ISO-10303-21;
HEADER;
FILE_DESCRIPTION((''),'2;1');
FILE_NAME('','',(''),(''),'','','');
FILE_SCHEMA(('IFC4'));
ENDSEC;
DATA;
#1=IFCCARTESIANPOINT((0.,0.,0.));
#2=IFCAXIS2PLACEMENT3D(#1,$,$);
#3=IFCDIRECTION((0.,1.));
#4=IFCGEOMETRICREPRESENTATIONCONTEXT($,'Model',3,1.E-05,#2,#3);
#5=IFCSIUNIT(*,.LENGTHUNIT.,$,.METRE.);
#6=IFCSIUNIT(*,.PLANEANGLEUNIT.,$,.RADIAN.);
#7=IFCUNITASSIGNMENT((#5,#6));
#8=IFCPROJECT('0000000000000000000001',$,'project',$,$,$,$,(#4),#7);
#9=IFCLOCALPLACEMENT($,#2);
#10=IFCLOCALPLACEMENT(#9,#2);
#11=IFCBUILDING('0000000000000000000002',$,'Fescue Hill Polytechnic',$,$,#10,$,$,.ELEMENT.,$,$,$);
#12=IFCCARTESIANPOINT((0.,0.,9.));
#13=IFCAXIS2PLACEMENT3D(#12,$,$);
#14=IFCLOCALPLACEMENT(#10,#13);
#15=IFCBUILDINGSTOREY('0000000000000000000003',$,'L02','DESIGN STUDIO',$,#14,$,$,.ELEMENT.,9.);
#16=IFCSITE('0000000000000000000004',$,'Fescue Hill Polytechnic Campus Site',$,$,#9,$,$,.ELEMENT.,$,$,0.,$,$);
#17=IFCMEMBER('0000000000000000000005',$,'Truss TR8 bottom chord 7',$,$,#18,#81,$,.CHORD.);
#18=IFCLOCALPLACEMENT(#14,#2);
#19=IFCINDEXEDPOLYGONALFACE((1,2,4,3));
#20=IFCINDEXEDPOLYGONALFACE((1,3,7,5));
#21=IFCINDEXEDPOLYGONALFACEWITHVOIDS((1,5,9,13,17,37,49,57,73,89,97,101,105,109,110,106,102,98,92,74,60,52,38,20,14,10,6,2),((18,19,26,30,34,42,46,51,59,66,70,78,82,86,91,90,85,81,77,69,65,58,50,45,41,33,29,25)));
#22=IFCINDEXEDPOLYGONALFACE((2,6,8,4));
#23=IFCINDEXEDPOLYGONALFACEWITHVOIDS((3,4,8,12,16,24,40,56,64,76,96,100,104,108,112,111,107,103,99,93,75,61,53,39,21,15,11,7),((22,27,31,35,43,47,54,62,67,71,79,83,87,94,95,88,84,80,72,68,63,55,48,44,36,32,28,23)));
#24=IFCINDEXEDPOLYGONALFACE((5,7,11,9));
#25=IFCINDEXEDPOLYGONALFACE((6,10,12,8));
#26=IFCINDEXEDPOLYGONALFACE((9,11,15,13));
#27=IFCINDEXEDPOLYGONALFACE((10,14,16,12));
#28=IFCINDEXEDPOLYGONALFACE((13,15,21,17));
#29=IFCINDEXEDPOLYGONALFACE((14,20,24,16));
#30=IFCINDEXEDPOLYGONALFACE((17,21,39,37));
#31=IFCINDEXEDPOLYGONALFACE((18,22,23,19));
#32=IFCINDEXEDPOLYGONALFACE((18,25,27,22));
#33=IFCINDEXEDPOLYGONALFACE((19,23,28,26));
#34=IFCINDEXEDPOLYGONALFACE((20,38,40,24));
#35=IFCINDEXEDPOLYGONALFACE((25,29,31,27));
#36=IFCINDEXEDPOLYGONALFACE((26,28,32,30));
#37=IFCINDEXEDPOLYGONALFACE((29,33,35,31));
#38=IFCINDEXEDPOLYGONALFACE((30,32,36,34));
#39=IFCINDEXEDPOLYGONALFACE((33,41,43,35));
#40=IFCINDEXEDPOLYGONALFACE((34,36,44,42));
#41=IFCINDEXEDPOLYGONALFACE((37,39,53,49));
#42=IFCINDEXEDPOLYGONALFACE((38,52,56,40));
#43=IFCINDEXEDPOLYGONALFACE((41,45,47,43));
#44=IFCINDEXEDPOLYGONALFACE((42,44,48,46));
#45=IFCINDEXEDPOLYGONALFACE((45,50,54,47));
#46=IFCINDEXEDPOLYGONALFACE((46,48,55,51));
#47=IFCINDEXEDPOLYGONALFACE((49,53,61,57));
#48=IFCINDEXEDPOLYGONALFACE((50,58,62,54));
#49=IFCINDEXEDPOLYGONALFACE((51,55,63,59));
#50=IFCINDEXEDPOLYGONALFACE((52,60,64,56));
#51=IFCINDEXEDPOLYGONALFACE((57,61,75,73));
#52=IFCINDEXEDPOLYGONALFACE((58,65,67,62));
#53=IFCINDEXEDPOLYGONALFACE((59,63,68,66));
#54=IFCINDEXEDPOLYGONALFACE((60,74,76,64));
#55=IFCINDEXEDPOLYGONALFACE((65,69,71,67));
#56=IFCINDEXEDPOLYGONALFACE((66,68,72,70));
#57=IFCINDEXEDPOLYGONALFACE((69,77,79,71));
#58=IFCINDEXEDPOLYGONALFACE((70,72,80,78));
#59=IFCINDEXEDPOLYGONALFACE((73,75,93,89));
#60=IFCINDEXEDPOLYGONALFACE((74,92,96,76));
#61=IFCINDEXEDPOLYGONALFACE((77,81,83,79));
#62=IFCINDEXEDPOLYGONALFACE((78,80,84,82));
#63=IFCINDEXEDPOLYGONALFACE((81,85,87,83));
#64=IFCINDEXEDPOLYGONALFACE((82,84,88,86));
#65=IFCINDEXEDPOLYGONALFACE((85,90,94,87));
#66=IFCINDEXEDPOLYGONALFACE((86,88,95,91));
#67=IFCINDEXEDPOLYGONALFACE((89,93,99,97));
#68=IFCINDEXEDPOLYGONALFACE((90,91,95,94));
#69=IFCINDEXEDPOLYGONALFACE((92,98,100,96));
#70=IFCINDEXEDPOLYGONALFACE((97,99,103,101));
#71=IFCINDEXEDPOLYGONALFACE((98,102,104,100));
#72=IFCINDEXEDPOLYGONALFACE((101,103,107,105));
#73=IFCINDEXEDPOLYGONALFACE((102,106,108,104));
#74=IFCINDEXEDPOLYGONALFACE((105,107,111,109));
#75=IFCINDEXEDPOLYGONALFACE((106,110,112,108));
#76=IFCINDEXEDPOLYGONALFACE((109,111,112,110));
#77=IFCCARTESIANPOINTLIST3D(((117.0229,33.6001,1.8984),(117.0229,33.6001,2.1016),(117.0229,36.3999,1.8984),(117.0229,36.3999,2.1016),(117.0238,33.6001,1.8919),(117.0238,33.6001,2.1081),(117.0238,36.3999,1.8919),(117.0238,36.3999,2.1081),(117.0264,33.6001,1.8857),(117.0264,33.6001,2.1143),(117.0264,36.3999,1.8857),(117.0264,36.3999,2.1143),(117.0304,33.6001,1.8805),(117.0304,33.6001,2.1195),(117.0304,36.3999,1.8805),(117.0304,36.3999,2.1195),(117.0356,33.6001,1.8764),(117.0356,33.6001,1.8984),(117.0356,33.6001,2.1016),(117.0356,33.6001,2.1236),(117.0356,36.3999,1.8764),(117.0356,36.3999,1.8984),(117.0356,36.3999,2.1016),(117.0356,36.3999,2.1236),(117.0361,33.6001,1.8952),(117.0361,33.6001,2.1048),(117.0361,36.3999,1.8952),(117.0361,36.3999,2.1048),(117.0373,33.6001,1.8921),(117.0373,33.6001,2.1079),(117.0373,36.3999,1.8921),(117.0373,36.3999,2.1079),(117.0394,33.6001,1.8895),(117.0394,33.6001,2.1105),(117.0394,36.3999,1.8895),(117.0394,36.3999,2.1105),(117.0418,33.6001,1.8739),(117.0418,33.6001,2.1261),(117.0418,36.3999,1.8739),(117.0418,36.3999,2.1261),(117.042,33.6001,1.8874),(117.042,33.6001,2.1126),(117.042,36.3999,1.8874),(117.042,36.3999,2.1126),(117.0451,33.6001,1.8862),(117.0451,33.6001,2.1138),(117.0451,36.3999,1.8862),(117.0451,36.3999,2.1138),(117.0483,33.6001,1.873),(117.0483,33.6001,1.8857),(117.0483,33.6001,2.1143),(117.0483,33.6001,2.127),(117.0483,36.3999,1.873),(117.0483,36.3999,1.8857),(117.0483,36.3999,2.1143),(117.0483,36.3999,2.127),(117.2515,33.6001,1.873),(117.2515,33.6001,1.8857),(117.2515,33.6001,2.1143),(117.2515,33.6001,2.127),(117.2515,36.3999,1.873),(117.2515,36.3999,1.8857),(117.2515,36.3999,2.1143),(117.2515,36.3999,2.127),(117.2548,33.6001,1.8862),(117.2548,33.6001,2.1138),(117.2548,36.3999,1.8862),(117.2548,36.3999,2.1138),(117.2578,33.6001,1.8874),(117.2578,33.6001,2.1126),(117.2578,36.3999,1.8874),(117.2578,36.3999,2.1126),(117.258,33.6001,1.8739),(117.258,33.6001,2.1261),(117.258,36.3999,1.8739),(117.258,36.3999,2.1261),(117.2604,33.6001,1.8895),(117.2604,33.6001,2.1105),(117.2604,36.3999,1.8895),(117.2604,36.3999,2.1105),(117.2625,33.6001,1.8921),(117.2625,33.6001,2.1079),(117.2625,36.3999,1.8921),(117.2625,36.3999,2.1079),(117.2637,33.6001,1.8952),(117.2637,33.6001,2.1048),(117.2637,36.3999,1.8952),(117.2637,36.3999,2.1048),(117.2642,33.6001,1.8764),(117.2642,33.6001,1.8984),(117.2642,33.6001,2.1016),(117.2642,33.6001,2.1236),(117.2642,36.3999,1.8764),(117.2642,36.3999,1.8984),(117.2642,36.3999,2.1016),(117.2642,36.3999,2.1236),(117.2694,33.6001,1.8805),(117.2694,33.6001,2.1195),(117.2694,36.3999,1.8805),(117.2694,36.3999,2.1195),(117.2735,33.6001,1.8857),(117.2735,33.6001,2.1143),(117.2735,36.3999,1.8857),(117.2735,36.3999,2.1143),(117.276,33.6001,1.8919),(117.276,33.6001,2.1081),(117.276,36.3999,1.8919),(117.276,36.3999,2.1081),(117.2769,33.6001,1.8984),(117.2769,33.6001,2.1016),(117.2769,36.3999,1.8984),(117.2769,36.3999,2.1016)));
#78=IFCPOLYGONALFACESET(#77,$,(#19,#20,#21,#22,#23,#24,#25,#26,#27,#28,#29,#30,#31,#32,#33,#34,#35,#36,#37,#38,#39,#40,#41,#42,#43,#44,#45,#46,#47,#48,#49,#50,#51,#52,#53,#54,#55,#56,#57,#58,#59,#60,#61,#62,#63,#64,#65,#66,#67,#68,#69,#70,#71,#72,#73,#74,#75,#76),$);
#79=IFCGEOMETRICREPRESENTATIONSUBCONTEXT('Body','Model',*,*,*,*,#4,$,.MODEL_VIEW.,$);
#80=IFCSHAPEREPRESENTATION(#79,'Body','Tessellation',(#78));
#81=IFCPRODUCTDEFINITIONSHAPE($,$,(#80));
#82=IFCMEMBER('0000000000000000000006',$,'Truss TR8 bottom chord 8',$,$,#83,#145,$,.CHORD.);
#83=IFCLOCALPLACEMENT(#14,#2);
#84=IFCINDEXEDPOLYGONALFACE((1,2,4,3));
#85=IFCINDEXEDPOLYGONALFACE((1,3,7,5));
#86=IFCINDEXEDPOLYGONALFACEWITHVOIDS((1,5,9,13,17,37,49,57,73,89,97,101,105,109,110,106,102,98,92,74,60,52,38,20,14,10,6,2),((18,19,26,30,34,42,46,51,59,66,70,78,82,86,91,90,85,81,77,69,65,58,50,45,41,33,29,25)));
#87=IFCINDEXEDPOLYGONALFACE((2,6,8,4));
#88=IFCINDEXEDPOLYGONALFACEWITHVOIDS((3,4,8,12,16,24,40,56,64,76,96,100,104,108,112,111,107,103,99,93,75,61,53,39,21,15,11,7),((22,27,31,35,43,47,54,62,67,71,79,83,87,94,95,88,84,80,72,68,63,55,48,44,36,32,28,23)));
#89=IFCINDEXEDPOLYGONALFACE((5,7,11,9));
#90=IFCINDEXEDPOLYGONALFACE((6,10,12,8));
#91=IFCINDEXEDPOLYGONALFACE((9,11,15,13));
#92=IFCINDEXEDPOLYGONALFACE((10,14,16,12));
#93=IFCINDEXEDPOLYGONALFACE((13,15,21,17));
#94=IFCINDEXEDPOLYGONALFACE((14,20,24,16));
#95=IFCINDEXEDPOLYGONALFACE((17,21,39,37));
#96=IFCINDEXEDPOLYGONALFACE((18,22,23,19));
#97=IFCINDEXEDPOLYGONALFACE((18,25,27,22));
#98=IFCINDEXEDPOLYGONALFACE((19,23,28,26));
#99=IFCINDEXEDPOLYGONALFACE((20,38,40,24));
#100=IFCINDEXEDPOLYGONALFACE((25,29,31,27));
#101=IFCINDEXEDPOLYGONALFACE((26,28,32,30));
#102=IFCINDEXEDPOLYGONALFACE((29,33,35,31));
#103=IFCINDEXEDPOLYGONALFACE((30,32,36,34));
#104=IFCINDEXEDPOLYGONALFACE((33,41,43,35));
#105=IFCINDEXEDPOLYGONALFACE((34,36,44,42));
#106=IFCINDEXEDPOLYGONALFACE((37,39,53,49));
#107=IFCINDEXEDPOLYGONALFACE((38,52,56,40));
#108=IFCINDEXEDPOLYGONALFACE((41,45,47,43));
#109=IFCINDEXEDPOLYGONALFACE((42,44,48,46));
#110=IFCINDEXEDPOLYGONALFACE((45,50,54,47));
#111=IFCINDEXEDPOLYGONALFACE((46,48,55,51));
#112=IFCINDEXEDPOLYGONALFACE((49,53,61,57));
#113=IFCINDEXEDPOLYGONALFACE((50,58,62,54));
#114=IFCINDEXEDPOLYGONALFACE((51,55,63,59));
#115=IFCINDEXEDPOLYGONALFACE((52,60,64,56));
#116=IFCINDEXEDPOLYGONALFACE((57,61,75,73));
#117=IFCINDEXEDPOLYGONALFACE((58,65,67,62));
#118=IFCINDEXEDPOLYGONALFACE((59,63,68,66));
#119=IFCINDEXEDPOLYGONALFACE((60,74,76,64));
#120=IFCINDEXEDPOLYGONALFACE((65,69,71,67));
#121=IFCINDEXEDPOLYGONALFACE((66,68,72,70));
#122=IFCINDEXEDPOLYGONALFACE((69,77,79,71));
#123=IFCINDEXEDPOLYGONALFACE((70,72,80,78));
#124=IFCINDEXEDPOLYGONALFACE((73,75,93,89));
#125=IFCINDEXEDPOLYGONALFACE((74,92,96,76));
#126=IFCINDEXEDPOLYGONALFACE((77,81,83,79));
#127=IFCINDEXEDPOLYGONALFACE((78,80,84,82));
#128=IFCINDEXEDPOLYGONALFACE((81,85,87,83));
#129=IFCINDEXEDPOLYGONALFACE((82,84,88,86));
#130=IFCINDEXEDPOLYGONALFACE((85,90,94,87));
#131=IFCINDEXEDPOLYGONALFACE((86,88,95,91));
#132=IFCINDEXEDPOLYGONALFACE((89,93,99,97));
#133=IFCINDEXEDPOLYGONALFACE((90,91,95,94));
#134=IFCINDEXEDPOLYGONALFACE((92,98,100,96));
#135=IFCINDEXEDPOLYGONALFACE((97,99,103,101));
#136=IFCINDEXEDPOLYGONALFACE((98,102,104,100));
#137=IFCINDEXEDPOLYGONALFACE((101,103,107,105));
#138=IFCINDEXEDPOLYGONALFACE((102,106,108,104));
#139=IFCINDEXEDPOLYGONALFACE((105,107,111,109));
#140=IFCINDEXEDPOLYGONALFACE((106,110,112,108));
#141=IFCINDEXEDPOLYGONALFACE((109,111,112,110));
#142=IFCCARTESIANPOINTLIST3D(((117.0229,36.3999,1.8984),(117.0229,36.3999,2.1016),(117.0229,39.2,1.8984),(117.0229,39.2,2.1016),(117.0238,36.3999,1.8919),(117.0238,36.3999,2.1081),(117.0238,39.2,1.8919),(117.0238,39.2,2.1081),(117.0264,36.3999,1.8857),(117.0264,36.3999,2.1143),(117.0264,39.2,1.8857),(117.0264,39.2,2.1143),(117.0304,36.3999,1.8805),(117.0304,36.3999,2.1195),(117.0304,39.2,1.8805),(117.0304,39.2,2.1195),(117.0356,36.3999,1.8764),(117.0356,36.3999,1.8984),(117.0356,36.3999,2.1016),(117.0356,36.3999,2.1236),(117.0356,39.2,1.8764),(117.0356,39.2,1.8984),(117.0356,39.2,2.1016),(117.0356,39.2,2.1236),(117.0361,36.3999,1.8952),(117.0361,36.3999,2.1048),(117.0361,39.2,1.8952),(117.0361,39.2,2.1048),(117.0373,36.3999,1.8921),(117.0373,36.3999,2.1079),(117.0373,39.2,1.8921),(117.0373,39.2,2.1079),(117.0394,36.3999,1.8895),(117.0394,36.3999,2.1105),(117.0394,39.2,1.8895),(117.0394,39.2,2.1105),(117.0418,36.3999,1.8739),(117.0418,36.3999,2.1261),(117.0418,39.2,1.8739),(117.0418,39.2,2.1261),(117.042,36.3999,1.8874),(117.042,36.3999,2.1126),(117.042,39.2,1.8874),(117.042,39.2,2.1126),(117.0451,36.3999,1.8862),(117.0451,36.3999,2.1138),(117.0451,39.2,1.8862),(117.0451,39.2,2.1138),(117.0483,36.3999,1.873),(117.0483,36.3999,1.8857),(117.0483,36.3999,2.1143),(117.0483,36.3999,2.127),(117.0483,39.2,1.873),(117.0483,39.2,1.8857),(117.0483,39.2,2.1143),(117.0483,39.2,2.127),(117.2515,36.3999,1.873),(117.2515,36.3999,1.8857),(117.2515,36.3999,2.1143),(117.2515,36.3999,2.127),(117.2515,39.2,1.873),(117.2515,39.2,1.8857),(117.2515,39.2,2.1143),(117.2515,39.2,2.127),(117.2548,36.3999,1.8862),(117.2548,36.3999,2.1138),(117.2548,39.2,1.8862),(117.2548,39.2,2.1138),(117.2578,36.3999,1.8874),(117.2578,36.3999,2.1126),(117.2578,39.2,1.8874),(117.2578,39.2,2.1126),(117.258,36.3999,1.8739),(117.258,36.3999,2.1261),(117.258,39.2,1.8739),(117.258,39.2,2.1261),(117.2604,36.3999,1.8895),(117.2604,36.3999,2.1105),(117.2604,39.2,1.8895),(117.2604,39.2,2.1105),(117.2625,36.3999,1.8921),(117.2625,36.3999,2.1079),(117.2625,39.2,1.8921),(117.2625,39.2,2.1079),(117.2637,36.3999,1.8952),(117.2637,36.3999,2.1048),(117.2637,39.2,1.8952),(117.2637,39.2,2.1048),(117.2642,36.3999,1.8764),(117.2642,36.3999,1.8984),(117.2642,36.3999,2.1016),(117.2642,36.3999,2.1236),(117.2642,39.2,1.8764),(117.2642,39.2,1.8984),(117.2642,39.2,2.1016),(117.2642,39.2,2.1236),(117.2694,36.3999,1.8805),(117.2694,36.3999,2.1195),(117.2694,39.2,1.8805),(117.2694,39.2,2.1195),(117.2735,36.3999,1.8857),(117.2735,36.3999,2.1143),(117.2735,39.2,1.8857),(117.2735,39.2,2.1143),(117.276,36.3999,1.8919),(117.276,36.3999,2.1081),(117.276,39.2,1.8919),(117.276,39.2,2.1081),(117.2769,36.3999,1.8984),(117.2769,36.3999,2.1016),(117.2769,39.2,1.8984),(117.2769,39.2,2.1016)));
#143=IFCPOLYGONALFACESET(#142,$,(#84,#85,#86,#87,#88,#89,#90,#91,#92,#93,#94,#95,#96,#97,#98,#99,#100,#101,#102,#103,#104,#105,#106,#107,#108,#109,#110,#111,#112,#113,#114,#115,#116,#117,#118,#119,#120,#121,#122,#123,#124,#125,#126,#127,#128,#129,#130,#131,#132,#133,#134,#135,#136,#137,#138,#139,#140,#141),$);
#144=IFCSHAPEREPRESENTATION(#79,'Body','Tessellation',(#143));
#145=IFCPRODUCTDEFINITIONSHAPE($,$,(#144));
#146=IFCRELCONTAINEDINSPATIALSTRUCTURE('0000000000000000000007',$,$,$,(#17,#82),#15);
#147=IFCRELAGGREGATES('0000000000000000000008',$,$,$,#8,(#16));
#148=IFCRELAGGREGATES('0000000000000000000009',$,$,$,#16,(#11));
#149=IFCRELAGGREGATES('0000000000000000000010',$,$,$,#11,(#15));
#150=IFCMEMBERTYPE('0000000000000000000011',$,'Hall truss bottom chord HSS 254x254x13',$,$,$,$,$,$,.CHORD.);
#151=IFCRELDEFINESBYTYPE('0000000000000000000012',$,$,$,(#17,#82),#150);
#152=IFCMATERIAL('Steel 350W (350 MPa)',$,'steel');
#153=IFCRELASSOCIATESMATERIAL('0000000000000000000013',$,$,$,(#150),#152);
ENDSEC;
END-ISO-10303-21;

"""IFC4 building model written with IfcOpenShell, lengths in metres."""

from ifc_helpers import new_model, si_unit, direction, frame, origin, origin_2d, place, context, subcontext, project, spatial, hollow_rectangle, extrude, material, material_profile, profile_set, type_object, element, save


model = new_model("IFC4")

# Units and contexts
model_context = context("Model", 3, precision=1e-05, world=origin(), true_north=direction((0.0, 1.0)))
body_context = subcontext(model_context, "Body", "Model", "MODEL_VIEW")
ifc_project = project(units=[si_unit("LENGTHUNIT", "METRE"), si_unit("PLANEANGLEUNIT", "RADIAN")], contexts=[model_context])

# Site, building, storey
site_placement = place(None, origin())
site = spatial("IfcSite", under=ifc_project, at=site_placement, Name="Fescue Hill Polytechnic Campus Site", CompositionType="ELEMENT", RefElevation=0.0)
building_placement = place(site_placement, origin())
building = spatial("IfcBuilding", under=site, at=building_placement, Name="Fescue Hill Polytechnic", CompositionType="ELEMENT")
storey_placement = place(building_placement, frame((0.0, 0.0, 9.0)))
storey = spatial("IfcBuildingStorey", under=building, at=storey_placement, Name="L02", Description="DESIGN STUDIO", CompositionType="ELEMENT", Elevation=9.0)

# Members
ifc_material_1 = material(Name="Steel 350W (350 MPa)", Category="steel")
ifc_material_profile_1 = material_profile(ifc_material_1, hollow_rectangle(XDim=0.2539, YDim=0.2539, WallThickness=0.0127, InnerFilletRadius=0.0127, OuterFilletRadius=0.0254, at=origin_2d()), Name="Hall truss bottom chord HSS 254x254x13")
ifc_profile_set_1 = profile_set([ifc_material_profile_1], Name="Steel 350W (350 MPa)")
member_type_1 = type_object("IfcMemberType", Name="Hall truss bottom chord HSS 254x254x13", PredefinedType="CHORD", material=ifc_profile_set_1)
member_1_placement = place(storey_placement, frame((117.1499, 33.6001, 2.0), z_axis=(0.0, 1.0, 0.0), x_axis=(-1.0, 0.0, 0.0)))
element("IfcMember", 1, at=member_1_placement, inside=storey, type_object=member_type_1, Name="Truss TR8 bottom chord 7", PredefinedType="CHORD", context=body_context, shape_type="SweptSolid", body=[
    extrude(hollow_rectangle(XDim=0.2539, YDim=0.2539, WallThickness=0.0127, InnerFilletRadius=0.0127, OuterFilletRadius=0.0254, at=origin_2d()), origin(), (0.0, 0.0, 1.0), 2.7998),
])
for number, where, z_axis, x_axis, name in (
    (2, (117.1499, 36.3999, 2.0), (0.0, 1.0, 0.0), (-1.0, 0.0, 0.0), "Truss TR8 bottom chord 8"),
):
    element("IfcMember", number, at=place(storey_placement, frame(where, z_axis=z_axis, x_axis=x_axis)), inside=storey, type_object=member_type_1, Name=name, PredefinedType="CHORD", context=body_context, shape_type="SweptSolid", body=[
        extrude(hollow_rectangle(XDim=0.2539, YDim=0.2539, WallThickness=0.0127, InnerFilletRadius=0.0127, OuterFilletRadius=0.0254, at=origin_2d()), origin(), (0.0, 0.0, 1.0), 2.8),
    ])

save(model, "model.ifc")
